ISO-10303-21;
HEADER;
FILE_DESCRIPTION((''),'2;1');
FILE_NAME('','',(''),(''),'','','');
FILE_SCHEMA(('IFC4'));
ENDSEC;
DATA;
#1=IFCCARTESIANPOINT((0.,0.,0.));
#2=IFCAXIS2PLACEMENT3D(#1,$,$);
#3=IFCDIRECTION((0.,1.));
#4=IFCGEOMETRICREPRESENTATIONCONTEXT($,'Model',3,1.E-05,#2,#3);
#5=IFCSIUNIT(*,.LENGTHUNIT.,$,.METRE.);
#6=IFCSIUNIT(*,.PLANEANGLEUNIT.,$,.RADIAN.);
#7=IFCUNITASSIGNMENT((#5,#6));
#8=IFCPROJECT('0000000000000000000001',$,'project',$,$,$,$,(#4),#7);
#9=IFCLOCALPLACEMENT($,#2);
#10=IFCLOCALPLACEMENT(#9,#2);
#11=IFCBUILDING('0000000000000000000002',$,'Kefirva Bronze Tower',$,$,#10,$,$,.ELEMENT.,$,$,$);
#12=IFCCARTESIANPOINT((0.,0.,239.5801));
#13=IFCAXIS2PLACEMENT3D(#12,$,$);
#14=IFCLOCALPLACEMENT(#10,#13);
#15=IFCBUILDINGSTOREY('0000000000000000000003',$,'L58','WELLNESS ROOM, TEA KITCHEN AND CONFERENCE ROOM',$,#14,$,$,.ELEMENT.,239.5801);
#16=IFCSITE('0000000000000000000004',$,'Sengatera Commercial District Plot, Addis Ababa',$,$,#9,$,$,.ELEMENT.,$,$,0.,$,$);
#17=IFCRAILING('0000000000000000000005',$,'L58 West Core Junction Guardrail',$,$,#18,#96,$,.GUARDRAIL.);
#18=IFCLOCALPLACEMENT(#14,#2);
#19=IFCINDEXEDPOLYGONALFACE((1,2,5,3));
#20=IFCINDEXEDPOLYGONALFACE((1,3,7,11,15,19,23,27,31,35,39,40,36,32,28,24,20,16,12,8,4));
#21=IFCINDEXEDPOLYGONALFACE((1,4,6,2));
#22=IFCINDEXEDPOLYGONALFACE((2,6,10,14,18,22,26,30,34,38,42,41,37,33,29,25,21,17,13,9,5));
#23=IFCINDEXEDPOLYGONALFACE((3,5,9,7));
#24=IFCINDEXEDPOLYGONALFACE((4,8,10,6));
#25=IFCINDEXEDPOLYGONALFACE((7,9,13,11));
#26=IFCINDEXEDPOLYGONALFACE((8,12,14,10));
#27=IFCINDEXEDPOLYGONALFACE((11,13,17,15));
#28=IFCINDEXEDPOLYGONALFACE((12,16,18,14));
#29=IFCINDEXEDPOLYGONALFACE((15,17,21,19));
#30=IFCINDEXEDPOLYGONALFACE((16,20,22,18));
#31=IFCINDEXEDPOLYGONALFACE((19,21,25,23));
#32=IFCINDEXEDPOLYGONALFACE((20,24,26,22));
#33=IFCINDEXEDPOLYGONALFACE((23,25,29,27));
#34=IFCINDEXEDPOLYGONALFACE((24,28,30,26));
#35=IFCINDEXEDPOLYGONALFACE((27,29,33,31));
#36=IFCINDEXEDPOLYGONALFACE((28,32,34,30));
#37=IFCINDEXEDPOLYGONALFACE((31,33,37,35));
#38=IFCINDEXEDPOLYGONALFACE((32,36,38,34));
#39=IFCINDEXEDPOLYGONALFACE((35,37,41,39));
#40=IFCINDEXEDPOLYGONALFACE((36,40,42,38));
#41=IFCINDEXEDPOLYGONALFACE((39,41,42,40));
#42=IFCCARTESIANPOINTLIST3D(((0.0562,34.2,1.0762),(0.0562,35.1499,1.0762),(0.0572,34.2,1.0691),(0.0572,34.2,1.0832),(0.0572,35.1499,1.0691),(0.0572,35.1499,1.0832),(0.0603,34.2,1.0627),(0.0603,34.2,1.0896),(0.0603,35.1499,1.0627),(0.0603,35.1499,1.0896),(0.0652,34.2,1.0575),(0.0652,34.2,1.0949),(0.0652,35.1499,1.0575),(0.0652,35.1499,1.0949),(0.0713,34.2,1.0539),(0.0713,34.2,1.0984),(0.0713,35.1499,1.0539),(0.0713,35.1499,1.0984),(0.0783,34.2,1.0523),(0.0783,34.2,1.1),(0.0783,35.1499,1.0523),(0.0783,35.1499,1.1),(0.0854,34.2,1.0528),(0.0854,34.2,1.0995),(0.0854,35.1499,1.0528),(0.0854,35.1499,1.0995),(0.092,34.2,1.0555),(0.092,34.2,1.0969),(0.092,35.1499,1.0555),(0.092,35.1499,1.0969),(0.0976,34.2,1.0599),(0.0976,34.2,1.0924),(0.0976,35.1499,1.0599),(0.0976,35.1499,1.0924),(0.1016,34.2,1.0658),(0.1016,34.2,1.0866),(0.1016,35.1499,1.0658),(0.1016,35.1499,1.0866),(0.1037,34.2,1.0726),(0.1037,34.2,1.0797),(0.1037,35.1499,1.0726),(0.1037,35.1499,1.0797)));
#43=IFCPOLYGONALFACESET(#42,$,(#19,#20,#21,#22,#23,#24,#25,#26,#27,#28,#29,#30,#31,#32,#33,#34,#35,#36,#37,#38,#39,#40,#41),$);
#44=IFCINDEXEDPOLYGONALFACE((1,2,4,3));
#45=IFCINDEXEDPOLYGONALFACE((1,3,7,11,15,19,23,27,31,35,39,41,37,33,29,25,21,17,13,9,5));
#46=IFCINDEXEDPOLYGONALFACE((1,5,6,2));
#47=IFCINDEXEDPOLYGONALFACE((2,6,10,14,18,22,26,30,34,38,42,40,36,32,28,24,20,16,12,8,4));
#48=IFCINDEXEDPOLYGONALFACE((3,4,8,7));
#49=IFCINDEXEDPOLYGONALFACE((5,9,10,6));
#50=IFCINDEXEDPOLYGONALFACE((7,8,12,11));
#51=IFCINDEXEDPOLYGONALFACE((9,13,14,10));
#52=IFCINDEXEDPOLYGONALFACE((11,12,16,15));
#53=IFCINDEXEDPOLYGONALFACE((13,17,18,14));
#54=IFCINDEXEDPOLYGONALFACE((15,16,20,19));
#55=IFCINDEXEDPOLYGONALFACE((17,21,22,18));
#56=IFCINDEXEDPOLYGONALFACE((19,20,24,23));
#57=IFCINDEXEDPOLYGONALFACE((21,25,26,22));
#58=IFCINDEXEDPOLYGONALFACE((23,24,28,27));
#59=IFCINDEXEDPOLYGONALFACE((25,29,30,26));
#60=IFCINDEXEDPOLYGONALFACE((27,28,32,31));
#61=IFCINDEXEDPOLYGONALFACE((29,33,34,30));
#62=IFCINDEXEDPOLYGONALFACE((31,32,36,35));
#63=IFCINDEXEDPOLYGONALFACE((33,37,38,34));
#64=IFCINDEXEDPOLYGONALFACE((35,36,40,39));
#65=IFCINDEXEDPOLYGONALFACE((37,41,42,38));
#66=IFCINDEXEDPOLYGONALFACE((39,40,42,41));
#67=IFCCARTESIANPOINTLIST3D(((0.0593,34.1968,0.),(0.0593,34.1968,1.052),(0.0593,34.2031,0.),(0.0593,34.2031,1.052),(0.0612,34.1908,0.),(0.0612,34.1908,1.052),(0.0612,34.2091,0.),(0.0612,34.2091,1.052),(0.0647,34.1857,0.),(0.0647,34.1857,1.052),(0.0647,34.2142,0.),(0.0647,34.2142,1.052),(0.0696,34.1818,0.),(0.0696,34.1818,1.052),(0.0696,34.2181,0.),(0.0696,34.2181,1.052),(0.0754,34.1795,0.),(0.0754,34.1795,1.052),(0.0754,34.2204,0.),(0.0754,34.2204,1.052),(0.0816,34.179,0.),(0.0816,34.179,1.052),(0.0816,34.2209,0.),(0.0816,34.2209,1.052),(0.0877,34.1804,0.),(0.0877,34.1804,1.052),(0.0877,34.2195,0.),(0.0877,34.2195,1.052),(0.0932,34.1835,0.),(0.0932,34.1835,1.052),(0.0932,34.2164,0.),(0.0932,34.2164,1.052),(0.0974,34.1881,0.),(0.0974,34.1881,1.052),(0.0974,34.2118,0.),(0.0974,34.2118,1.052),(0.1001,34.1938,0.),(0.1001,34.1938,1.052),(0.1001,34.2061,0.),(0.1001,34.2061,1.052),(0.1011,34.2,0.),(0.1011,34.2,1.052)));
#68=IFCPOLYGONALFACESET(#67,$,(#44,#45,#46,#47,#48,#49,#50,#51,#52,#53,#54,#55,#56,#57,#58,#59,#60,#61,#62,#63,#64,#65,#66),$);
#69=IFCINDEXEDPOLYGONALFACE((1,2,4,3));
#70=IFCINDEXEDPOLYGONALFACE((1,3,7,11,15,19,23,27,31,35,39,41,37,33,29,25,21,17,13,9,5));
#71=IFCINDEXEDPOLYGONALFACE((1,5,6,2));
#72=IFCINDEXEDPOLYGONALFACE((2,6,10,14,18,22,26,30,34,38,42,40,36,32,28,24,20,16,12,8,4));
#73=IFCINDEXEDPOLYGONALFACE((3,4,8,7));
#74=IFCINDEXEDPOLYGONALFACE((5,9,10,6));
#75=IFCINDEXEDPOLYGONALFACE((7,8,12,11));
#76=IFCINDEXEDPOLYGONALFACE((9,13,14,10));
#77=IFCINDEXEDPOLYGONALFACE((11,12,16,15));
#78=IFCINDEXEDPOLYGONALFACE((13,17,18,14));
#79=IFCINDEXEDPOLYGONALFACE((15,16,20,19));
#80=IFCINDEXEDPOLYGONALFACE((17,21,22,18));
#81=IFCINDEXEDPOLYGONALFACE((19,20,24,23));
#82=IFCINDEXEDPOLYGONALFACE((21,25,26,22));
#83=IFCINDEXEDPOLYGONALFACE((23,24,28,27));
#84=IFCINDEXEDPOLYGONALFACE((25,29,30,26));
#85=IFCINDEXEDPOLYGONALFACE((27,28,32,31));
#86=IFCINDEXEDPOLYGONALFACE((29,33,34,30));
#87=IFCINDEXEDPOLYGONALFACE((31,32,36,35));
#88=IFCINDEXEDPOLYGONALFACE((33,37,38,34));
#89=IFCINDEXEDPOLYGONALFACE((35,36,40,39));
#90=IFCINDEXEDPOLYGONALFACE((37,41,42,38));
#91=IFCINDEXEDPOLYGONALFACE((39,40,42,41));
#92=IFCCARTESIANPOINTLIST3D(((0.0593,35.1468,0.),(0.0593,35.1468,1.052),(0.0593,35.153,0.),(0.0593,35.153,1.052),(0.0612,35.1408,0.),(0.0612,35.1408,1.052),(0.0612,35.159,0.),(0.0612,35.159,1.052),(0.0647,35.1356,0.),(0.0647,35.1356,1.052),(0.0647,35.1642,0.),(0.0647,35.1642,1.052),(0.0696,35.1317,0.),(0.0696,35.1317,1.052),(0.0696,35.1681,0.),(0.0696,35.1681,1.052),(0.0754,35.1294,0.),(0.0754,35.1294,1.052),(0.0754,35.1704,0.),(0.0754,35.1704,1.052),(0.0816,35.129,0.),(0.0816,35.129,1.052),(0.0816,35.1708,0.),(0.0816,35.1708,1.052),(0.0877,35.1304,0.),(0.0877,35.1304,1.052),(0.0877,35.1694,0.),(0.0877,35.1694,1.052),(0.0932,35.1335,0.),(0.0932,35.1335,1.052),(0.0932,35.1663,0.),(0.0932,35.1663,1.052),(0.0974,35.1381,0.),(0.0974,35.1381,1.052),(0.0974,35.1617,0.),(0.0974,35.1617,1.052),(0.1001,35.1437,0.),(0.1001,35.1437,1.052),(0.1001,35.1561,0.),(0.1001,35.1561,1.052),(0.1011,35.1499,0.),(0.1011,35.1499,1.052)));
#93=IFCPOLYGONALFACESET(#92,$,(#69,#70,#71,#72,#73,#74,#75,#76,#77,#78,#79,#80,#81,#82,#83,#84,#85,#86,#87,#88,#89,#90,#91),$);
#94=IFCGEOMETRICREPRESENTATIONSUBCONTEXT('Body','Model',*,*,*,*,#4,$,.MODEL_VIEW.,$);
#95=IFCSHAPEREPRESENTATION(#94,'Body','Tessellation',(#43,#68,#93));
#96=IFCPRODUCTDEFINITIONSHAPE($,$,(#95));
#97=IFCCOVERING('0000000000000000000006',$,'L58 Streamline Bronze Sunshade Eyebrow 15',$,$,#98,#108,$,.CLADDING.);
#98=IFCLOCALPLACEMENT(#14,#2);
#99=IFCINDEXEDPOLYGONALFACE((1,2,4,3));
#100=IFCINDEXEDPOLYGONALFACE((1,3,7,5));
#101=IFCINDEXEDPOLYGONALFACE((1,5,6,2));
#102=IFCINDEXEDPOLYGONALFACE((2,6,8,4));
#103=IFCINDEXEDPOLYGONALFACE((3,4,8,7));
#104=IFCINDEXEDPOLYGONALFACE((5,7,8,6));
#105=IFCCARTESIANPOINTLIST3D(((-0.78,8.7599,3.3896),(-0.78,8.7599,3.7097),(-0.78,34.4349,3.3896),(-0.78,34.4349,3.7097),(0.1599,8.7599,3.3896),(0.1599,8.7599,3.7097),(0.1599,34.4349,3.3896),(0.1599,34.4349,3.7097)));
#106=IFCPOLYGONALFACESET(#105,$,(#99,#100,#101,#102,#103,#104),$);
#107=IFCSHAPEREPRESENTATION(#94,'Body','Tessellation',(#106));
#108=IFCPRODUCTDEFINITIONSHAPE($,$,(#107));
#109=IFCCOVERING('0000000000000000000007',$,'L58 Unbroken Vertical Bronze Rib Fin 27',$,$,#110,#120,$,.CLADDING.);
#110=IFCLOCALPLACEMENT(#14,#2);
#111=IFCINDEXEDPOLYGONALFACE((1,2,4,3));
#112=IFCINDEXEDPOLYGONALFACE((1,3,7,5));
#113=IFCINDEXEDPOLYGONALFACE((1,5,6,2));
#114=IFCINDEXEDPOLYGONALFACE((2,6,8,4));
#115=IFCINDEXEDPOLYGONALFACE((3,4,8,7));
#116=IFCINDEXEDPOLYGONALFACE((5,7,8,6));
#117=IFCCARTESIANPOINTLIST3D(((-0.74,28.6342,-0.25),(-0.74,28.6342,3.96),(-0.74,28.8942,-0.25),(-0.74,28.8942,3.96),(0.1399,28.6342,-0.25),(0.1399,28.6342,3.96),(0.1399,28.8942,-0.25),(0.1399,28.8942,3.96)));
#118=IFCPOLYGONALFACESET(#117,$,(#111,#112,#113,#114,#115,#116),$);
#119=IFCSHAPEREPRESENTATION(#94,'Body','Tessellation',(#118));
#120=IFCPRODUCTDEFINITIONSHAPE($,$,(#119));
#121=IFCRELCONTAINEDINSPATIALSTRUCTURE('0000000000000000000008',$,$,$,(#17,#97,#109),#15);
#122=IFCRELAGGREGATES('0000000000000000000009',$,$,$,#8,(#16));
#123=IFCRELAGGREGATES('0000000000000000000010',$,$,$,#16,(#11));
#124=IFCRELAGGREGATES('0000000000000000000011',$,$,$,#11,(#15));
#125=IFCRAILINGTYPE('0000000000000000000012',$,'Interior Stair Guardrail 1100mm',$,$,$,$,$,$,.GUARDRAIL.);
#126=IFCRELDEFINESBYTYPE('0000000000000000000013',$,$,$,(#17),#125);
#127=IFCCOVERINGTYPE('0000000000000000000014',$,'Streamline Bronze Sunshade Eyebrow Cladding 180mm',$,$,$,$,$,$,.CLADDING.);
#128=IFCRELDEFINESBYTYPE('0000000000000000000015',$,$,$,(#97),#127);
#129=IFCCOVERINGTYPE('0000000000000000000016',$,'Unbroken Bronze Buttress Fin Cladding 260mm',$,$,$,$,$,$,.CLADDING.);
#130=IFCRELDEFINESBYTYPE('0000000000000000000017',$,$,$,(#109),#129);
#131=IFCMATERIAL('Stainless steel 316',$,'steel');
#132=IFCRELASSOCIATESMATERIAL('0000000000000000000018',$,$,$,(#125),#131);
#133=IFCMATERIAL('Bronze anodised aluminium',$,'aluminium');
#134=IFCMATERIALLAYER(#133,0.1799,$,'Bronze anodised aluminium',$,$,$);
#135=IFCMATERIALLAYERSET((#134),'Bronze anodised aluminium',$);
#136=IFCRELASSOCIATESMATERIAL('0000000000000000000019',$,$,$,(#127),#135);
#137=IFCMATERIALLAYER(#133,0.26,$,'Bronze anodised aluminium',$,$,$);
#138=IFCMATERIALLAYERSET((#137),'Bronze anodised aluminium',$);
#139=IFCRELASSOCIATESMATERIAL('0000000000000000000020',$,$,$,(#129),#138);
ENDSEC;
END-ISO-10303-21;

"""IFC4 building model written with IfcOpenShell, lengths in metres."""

from ifc_helpers import new_model, si_unit, direction, frame, origin, origin_2d, place, context, subcontext, project, spatial, rectangle, circle, extrude, material, layer, layer_set, type_object, element, save


model = new_model("IFC4")

# Units and contexts
model_context = context("Model", 3, precision=1e-05, world=origin(), true_north=direction((0.0, 1.0)))
body_context = subcontext(model_context, "Body", "Model", "MODEL_VIEW")
ifc_project = project(units=[si_unit("LENGTHUNIT", "METRE"), si_unit("PLANEANGLEUNIT", "RADIAN")], contexts=[model_context])

# Site, building, storey
site_placement = place(None, origin())
site = spatial("IfcSite", under=ifc_project, at=site_placement, Name="Sengatera Commercial District Plot, Addis Ababa", CompositionType="ELEMENT", RefElevation=0.0)
building_placement = place(site_placement, origin())
building = spatial("IfcBuilding", under=site, at=building_placement, Name="Kefirva Bronze Tower", CompositionType="ELEMENT")
storey_placement = place(building_placement, frame((0.0, 0.0, 239.5801)))
storey = spatial("IfcBuildingStorey", under=building, at=storey_placement, Name="L58", Description="WELLNESS ROOM, TEA KITCHEN AND CONFERENCE ROOM", CompositionType="ELEMENT", Elevation=239.5801)

# Shared definitions
ifc_material_1 = material(Name="Bronze anodised aluminium", Category="aluminium")

# Railing
ifc_material_2 = material(Name="Stainless steel 316", Category="steel")
railing_type = type_object("IfcRailingType", Name="Interior Stair Guardrail 1100mm", PredefinedType="GUARDRAIL", material=ifc_material_2)
railing_placement = place(storey_placement, frame((0.0801, 34.2, 0.0)))
element("IfcRailing", 1, at=railing_placement, inside=storey, type_object=railing_type, Name="L58 West Core Junction Guardrail", PredefinedType="GUARDRAIL", context=body_context, shape_type="SweptSolid", body=[
    extrude(circle(Radius=0.0239, at=origin_2d()), frame((0.0, 0.0, 1.0762), z_axis=(0.0, 1.0, 0.0), x_axis=(-1.0, 0.0, 0.0)), (0.0, 0.0, 1.0), 0.95),
    extrude(circle(Radius=0.021, at=origin_2d()), origin(), (0.0, 0.0, 1.0), 1.052),
    extrude(circle(Radius=0.021, at=origin_2d()), frame((0.0, 0.95, 0.0)), (0.0, 0.0, 1.0), 1.052),
])

# Coverings
ifc_layer_1 = layer(ifc_material_1, 0.1799, Name="Bronze anodised aluminium")
ifc_layer_set_1 = layer_set([ifc_layer_1], Name="Bronze anodised aluminium")
covering_type_1 = type_object("IfcCoveringType", Name="Streamline Bronze Sunshade Eyebrow Cladding 180mm", PredefinedType="CLADDING", material=ifc_layer_set_1)
covering_1_placement = place(storey_placement, frame((-0.3101, 21.5974, 3.3896), z_axis=(0.0, 0.0, 1.0), x_axis=(0.0, -1.0, 0.0)))
element("IfcCovering", 2, at=covering_1_placement, inside=storey, type_object=covering_type_1, Name="L58 Streamline Bronze Sunshade Eyebrow 15", PredefinedType="CLADDING", context=body_context, shape_type="SweptSolid", body=[
    extrude(rectangle(XDim=25.675, YDim=0.9399, at=origin_2d()), origin(), (0.0, 0.0, 1.0), 0.3201),
])
ifc_layer_2 = layer(ifc_material_1, 0.26, Name="Bronze anodised aluminium")
ifc_layer_set_2 = layer_set([ifc_layer_2], Name="Bronze anodised aluminium")
covering_type_2 = type_object("IfcCoveringType", Name="Unbroken Bronze Buttress Fin Cladding 260mm", PredefinedType="CLADDING", material=ifc_layer_set_2)
covering_2_placement = place(storey_placement, frame((-0.3, 28.7642, -0.25), z_axis=(0.0, 0.0, 1.0), x_axis=(0.0, -1.0, 0.0)))
element("IfcCovering", 3, at=covering_2_placement, inside=storey, type_object=covering_type_2, Name="L58 Unbroken Vertical Bronze Rib Fin 27", PredefinedType="CLADDING", context=body_context, shape_type="SweptSolid", body=[
    extrude(rectangle(XDim=0.26, YDim=0.8799, at=origin_2d()), origin(), (0.0, 0.0, 1.0), 4.21),
])

save(model, "model.ifc")
